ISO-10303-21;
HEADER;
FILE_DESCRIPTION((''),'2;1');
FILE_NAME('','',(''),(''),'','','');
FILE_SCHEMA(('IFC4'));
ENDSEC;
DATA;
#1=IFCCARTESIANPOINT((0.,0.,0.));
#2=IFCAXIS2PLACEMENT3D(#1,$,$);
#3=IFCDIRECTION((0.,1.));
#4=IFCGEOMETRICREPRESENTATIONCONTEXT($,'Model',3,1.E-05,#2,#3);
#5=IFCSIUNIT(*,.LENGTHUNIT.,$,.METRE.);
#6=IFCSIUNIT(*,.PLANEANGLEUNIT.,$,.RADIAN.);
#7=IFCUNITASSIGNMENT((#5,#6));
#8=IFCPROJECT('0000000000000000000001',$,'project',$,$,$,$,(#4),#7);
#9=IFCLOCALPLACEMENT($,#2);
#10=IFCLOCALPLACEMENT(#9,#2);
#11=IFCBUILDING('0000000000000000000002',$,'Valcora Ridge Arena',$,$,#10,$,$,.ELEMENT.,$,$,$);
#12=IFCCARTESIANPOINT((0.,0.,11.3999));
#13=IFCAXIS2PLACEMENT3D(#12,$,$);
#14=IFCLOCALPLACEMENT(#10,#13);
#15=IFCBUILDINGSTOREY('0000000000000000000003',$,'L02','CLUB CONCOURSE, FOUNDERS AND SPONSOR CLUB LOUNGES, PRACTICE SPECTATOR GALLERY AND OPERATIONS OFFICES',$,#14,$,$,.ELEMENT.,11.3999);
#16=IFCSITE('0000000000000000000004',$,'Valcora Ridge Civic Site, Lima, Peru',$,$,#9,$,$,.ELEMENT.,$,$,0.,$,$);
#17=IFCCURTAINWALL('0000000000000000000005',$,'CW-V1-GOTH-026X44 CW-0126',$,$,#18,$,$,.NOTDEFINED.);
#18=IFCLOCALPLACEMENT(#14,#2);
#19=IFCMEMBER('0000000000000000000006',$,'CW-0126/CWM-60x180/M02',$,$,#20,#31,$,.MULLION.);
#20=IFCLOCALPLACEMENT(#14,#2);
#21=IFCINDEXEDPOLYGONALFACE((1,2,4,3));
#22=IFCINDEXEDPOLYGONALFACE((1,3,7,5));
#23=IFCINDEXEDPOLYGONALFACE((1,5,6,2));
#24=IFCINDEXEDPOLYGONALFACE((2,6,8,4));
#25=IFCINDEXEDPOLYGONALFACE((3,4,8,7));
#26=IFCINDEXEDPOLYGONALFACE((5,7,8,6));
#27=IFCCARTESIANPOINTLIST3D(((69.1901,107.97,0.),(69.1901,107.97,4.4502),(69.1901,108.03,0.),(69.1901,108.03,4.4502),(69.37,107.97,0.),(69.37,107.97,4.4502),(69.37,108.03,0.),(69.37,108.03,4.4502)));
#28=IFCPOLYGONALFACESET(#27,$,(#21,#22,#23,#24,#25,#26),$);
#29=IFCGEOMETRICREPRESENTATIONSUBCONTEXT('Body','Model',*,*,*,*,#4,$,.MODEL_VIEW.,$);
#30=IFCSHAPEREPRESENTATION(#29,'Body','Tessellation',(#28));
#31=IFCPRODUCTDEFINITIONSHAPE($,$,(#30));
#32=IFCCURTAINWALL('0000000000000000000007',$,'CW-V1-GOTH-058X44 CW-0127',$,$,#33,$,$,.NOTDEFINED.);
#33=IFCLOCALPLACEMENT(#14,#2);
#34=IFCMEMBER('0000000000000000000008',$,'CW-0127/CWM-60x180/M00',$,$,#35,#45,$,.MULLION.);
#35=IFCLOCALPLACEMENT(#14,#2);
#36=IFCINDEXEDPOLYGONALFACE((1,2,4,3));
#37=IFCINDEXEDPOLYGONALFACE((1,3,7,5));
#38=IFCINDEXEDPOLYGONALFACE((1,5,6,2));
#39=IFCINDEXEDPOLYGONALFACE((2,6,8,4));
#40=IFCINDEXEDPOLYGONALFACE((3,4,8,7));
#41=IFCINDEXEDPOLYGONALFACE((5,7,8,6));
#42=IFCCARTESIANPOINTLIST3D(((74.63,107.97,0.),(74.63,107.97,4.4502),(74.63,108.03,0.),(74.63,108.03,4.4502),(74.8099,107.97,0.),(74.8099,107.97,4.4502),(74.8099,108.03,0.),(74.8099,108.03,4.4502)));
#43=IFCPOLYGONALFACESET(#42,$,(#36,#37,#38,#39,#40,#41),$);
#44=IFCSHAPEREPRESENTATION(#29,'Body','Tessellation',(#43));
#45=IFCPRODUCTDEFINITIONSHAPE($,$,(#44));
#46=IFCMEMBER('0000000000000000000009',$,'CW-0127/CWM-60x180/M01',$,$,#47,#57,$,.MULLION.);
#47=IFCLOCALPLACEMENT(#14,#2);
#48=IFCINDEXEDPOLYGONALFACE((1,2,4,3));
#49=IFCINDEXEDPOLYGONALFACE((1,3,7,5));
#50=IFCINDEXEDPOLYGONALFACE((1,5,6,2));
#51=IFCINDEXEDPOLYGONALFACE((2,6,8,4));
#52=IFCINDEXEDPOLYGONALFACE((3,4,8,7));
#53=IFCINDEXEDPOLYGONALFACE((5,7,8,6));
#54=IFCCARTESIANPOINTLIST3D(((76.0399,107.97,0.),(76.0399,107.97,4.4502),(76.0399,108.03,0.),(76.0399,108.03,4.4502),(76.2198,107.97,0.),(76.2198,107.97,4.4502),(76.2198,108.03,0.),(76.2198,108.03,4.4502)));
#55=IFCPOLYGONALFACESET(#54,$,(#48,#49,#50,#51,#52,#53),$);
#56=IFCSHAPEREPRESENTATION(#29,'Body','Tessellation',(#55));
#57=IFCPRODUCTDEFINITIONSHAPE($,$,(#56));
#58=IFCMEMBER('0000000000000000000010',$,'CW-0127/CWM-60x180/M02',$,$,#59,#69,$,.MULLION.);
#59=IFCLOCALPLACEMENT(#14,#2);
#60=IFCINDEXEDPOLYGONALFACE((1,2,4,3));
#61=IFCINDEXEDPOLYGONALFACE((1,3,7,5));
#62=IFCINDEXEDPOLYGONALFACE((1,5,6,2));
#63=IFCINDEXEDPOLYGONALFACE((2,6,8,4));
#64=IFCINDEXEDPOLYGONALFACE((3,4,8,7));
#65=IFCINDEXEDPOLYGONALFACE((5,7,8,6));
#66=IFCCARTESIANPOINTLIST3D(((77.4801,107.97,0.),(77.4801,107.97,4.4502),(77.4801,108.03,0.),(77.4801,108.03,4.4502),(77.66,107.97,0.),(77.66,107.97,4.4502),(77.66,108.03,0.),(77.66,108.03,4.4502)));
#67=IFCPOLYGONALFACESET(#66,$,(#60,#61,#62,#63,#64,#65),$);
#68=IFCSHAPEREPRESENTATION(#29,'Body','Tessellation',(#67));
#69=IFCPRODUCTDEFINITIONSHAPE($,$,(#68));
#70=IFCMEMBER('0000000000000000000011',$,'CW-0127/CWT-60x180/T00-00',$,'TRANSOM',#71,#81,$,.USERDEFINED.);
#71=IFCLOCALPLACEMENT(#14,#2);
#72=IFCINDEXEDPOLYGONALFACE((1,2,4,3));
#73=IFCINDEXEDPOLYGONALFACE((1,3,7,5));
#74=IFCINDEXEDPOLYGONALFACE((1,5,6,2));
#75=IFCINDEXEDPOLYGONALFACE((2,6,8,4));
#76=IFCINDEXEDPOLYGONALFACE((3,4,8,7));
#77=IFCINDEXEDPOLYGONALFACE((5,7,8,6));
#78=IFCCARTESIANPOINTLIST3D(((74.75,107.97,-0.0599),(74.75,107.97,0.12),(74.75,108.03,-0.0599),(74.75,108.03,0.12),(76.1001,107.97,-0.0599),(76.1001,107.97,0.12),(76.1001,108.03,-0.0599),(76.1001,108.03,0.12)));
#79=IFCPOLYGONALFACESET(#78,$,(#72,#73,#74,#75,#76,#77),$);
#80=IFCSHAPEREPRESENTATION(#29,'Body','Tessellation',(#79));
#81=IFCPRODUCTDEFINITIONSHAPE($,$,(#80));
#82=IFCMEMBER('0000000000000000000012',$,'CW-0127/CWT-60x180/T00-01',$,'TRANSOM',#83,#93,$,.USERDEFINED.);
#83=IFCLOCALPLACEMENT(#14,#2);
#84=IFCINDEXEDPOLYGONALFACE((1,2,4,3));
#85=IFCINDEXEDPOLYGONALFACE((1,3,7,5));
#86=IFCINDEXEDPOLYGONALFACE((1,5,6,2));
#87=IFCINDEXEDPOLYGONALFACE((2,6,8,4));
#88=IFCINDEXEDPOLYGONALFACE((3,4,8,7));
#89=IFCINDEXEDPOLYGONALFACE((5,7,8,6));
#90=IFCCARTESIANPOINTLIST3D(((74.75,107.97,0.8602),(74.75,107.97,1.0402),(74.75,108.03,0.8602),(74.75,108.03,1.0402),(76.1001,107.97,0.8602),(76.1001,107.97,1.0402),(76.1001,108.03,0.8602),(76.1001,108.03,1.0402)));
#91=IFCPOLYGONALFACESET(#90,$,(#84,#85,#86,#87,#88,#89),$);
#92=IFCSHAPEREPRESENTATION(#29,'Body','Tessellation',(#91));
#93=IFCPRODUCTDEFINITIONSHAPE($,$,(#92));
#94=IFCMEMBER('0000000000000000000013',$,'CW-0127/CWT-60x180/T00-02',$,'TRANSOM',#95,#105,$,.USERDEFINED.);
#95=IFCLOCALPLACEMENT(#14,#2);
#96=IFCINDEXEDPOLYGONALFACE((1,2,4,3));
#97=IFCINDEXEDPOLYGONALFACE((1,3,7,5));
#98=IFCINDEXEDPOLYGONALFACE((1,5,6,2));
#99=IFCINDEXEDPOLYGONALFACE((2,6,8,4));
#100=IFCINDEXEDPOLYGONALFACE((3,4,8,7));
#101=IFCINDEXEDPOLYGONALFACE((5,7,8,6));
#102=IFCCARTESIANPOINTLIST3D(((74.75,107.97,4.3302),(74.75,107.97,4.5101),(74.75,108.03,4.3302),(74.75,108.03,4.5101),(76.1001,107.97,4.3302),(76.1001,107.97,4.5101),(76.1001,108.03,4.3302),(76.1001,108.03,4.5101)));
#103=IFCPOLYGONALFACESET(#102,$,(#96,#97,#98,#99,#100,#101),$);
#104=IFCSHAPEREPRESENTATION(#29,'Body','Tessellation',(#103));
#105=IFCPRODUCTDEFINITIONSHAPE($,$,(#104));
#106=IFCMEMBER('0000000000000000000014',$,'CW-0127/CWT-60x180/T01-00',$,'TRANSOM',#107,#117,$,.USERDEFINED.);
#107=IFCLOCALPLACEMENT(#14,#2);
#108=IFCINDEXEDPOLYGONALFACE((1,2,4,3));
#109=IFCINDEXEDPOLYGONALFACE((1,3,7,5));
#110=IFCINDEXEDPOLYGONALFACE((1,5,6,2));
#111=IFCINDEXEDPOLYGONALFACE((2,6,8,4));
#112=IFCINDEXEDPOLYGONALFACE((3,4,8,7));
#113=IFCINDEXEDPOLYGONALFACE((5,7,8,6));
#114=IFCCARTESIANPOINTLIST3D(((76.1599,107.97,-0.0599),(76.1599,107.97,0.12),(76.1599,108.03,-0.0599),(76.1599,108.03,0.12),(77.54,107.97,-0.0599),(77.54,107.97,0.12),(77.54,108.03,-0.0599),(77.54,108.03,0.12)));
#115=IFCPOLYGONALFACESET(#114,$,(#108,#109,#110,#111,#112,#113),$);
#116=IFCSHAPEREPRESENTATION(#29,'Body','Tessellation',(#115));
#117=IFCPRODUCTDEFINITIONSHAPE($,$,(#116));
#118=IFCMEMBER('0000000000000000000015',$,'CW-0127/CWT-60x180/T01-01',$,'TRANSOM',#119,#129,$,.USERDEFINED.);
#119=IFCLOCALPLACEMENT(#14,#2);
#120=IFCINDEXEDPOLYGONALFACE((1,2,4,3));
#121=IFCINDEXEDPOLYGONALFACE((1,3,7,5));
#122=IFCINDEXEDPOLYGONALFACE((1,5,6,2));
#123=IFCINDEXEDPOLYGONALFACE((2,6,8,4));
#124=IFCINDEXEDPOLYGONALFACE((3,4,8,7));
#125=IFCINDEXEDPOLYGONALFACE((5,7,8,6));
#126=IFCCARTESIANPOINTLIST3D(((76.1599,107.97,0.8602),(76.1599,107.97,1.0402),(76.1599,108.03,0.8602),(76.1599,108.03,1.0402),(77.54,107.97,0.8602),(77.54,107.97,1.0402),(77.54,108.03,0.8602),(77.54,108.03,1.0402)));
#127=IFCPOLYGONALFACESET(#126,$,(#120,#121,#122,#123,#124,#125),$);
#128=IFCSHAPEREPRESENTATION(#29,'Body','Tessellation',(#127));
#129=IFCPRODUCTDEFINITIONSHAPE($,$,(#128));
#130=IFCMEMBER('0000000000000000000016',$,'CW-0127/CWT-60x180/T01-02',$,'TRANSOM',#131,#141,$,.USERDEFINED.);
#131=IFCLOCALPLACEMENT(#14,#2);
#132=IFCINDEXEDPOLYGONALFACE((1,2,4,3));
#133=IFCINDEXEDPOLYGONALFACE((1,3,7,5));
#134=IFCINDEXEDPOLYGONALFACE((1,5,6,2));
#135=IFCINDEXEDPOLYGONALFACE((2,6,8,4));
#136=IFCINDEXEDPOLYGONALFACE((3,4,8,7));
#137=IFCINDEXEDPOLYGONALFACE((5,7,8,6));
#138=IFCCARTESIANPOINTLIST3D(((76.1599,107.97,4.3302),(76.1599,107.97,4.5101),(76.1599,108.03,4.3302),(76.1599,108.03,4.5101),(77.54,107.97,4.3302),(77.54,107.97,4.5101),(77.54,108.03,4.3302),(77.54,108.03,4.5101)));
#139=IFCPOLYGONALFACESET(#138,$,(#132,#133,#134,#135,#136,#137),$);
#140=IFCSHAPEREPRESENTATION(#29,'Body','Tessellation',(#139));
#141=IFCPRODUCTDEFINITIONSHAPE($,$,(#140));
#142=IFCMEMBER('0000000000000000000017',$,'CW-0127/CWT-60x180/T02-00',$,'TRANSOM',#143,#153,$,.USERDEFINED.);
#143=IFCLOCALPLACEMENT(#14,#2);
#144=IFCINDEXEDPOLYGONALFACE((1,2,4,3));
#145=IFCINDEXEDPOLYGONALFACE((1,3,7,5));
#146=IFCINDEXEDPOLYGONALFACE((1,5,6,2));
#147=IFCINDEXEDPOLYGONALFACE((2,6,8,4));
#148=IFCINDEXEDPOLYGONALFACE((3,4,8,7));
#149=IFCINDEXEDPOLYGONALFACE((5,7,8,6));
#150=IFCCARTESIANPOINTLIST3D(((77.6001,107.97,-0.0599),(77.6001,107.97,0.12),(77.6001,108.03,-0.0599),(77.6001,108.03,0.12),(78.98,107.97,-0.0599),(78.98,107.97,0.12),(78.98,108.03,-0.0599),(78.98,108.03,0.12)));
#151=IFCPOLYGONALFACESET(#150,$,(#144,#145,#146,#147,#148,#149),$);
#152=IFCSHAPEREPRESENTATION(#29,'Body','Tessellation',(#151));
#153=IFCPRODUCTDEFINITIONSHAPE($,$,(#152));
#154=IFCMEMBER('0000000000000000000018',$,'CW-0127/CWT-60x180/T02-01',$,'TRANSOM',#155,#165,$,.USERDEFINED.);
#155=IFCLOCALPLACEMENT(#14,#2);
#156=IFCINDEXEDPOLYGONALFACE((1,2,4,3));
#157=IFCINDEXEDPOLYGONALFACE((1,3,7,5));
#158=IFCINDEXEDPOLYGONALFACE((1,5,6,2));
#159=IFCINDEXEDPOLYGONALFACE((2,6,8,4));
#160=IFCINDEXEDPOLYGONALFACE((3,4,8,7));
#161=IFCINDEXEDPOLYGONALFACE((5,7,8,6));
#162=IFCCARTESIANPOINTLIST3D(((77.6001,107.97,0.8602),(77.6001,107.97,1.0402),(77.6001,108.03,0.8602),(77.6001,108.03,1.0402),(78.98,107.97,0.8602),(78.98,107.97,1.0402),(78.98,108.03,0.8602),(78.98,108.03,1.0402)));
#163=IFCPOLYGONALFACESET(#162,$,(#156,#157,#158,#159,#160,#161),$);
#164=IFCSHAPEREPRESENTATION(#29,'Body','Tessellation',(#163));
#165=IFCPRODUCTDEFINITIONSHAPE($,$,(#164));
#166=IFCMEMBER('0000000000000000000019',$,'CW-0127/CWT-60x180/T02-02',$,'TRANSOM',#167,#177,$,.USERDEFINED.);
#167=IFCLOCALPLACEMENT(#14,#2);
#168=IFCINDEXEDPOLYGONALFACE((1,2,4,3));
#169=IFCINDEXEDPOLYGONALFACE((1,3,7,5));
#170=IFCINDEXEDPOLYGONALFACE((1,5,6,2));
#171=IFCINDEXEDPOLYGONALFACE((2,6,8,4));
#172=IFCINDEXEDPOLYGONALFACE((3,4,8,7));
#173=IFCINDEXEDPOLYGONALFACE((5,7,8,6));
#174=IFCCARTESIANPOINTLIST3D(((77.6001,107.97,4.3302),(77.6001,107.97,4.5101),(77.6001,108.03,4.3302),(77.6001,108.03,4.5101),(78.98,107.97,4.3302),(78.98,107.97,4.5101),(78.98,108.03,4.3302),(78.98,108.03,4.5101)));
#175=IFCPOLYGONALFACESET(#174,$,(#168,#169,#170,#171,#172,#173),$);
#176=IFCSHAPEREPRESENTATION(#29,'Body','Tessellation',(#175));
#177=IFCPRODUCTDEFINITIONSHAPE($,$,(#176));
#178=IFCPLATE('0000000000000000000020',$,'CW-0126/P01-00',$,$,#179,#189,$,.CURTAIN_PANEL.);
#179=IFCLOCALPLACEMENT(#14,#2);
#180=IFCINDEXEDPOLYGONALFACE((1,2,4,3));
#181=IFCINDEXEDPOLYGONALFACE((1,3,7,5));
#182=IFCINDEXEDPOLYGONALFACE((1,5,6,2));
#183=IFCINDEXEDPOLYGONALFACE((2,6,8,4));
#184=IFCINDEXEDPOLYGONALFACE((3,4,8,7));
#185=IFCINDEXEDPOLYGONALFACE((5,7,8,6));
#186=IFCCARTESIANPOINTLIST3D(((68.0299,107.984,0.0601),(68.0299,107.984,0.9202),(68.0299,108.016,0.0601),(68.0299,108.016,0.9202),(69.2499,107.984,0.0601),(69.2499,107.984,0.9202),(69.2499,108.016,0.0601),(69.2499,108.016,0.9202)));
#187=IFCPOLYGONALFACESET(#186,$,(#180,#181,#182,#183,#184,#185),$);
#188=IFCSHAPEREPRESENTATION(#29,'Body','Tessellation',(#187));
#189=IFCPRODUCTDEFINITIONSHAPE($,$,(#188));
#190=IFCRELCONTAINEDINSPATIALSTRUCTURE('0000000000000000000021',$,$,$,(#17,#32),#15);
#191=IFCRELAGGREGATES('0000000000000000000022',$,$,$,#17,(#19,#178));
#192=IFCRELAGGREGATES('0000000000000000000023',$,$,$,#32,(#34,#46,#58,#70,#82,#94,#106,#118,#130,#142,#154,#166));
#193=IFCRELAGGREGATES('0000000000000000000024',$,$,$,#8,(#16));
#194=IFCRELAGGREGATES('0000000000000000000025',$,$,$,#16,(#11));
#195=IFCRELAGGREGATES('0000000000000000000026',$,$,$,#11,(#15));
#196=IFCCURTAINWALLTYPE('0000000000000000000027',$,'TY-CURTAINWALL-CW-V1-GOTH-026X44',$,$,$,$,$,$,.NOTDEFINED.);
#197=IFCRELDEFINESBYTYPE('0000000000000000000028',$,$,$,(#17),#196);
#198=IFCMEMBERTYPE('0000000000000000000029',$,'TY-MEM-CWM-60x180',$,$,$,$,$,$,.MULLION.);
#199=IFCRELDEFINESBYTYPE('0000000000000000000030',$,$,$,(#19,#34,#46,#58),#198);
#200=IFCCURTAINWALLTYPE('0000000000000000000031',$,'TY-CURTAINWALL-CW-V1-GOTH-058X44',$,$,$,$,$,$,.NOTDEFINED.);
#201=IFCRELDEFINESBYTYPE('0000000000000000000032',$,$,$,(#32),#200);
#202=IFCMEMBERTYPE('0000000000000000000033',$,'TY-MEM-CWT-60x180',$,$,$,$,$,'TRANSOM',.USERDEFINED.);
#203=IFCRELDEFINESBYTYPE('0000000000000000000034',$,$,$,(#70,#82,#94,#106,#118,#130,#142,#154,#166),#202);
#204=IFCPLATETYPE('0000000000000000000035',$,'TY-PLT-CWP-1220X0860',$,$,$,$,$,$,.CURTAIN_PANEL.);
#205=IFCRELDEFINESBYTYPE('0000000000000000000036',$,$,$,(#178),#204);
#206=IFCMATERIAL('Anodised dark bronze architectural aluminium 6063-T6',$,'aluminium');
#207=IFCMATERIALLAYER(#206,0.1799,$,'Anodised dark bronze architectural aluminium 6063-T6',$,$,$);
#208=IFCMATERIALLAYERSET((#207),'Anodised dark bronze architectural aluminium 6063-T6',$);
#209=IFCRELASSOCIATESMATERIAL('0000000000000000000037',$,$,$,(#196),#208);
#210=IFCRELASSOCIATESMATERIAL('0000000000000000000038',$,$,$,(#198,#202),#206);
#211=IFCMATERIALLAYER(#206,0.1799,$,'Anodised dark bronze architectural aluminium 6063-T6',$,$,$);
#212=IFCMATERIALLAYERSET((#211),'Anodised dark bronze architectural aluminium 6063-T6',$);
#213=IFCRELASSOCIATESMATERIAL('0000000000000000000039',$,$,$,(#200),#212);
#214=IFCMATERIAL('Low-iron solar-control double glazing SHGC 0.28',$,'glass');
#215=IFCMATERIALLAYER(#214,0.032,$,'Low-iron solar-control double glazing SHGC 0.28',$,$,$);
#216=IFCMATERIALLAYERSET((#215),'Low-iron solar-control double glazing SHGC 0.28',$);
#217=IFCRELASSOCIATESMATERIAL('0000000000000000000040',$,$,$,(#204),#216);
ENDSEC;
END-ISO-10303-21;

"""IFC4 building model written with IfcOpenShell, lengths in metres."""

from ifc_helpers import new_model, si_unit, direction, frame, origin, origin_2d, place, context, subcontext, project, spatial, rectangle, extrude, material, layer, layer_set, material_profile, profile_set, type_object, element, aggregate, save


model = new_model("IFC4")

# Units and contexts
model_context = context("Model", 3, precision=1e-05, world=origin(), true_north=direction((0.0, 1.0)))
body_context = subcontext(model_context, "Body", "Model", "MODEL_VIEW")
ifc_project = project(units=[si_unit("LENGTHUNIT", "METRE"), si_unit("PLANEANGLEUNIT", "RADIAN")], contexts=[model_context])

# Site, building, storey
site_placement = place(None, origin())
site = spatial("IfcSite", under=ifc_project, at=site_placement, Name="Valcora Ridge Civic Site, Lima, Peru", CompositionType="ELEMENT", RefElevation=0.0)
building_placement = place(site_placement, origin())
building = spatial("IfcBuilding", under=site, at=building_placement, Name="Valcora Ridge Arena", CompositionType="ELEMENT")
storey_placement = place(building_placement, frame((0.0, 0.0, 11.3999)))
storey = spatial("IfcBuildingStorey", under=building, at=storey_placement, Name="L02", Description="CLUB CONCOURSE, FOUNDERS AND SPONSOR CLUB LOUNGES, PRACTICE SPECTATOR GALLERY AND OPERATIONS OFFICES", CompositionType="ELEMENT", Elevation=11.3999)

# Curtain wall, member
ifc_material_1 = material(Name="Anodised dark bronze architectural aluminium 6063-T6", Category="aluminium")
ifc_layer_1 = layer(ifc_material_1, 0.1799, Name="Anodised dark bronze architectural aluminium 6063-T6")
ifc_layer_set_1 = layer_set([ifc_layer_1], Name="Anodised dark bronze architectural aluminium 6063-T6")
curtain_wall_type_1 = type_object("IfcCurtainWallType", Name="TY-CURTAINWALL-CW-V1-GOTH-026X44", PredefinedType="NOTDEFINED", material=ifc_layer_set_1)
curtain_wall_1_placement = place(storey_placement, origin())
curtain_wall_1 = element("IfcCurtainWall", 1, at=curtain_wall_1_placement, inside=storey, type_object=curtain_wall_type_1, Name="CW-V1-GOTH-026X44 CW-0126", PredefinedType="NOTDEFINED")
ifc_material_profile_1 = material_profile(ifc_material_1, rectangle(XDim=0.0601, YDim=0.1799, at=origin_2d()), Name="ALU MULLION 60x180")
ifc_profile_set_1 = profile_set([ifc_material_profile_1], Name="Anodised dark bronze architectural aluminium 6063-T6")
member_type_1 = type_object("IfcMemberType", Name="TY-MEM-CWM-60x180", PredefinedType="MULLION", material=ifc_profile_set_1)
member_1_placement = place(storey_placement, frame((69.28, 108.0, 0.0), z_axis=(0.0, 0.0, 1.0), x_axis=(0.0, 1.0, 0.0)))
member_1 = element("IfcMember", 2, at=member_1_placement, type_object=member_type_1, Name="CW-0126/CWM-60x180/M02", PredefinedType="MULLION", context=body_context, shape_type="SweptSolid", body=[
    extrude(rectangle(XDim=0.0601, YDim=0.1799, at=origin_2d()), origin(), (0.0, 0.0, 1.0), 4.4502),
])

# Curtain wall, members
ifc_layer_2 = layer(ifc_material_1, 0.1799, Name="Anodised dark bronze architectural aluminium 6063-T6")
ifc_layer_set_2 = layer_set([ifc_layer_2], Name="Anodised dark bronze architectural aluminium 6063-T6")
curtain_wall_type_2 = type_object("IfcCurtainWallType", Name="TY-CURTAINWALL-CW-V1-GOTH-058X44", PredefinedType="NOTDEFINED", material=ifc_layer_set_2)
curtain_wall_2_placement = place(storey_placement, origin())
curtain_wall_2 = element("IfcCurtainWall", 3, at=curtain_wall_2_placement, inside=storey, type_object=curtain_wall_type_2, Name="CW-V1-GOTH-058X44 CW-0127", PredefinedType="NOTDEFINED")
member_2_placement = place(storey_placement, frame((74.72, 108.0, 0.0), z_axis=(0.0, 0.0, 1.0), x_axis=(0.0, 1.0, 0.0)))
member_2 = element("IfcMember", 4, at=member_2_placement, type_object=member_type_1, Name="CW-0127/CWM-60x180/M00", PredefinedType="MULLION", context=body_context, shape_type="SweptSolid", body=[
    extrude(rectangle(XDim=0.0601, YDim=0.1799, at=origin_2d()), origin(), (0.0, 0.0, 1.0), 4.4502),
])
member_3_placement = place(storey_placement, frame((76.1299, 108.0, 0.0), z_axis=(0.0, 0.0, 1.0), x_axis=(0.0, 1.0, 0.0)))
member_3 = element("IfcMember", 5, at=member_3_placement, type_object=member_type_1, Name="CW-0127/CWM-60x180/M01", PredefinedType="MULLION", context=body_context, shape_type="SweptSolid", body=[
    extrude(rectangle(XDim=0.0601, YDim=0.1799, at=origin_2d()), origin(), (0.0, 0.0, 1.0), 4.4502),
])
member_4_placement = place(storey_placement, frame((77.5701, 108.0, 0.0), z_axis=(0.0, 0.0, 1.0), x_axis=(0.0, 1.0, 0.0)))
member_4 = element("IfcMember", 6, at=member_4_placement, type_object=member_type_1, Name="CW-0127/CWM-60x180/M02", PredefinedType="MULLION", context=body_context, shape_type="SweptSolid", body=[
    extrude(rectangle(XDim=0.0601, YDim=0.1799, at=origin_2d()), origin(), (0.0, 0.0, 1.0), 4.4502),
])
ifc_material_profile_2 = material_profile(ifc_material_1, rectangle(XDim=0.0601, YDim=0.1799, at=origin_2d()), Name="ALU TRANSOM 60x180")
ifc_profile_set_2 = profile_set([ifc_material_profile_2], Name="Anodised dark bronze architectural aluminium 6063-T6")
member_type_2 = type_object("IfcMemberType", Name="TY-MEM-CWT-60x180", ElementType="TRANSOM", PredefinedType="USERDEFINED", material=ifc_profile_set_2)
member_5_placement = place(storey_placement, frame((74.75, 108.0, 0.03), z_axis=(1.0, 0.0, 0.0), x_axis=(0.0, 1.0, 0.0)))
member_5 = element("IfcMember", 7, at=member_5_placement, type_object=member_type_2, Name="CW-0127/CWT-60x180/T00-00", ObjectType="TRANSOM", PredefinedType="USERDEFINED", context=body_context, shape_type="SweptSolid", body=[
    extrude(rectangle(XDim=0.0601, YDim=0.1799, at=origin_2d()), origin(), (0.0, 0.0, 1.0), 1.3501),
])
member_6_placement = place(storey_placement, frame((74.75, 108.0, 0.9502), z_axis=(1.0, 0.0, 0.0), x_axis=(0.0, 1.0, 0.0)))
member_6 = element("IfcMember", 8, at=member_6_placement, type_object=member_type_2, Name="CW-0127/CWT-60x180/T00-01", ObjectType="TRANSOM", PredefinedType="USERDEFINED", context=body_context, shape_type="SweptSolid", body=[
    extrude(rectangle(XDim=0.0601, YDim=0.1799, at=origin_2d()), origin(), (0.0, 0.0, 1.0), 1.3501),
])
member_7_placement = place(storey_placement, frame((74.75, 108.0, 4.4202), z_axis=(1.0, 0.0, 0.0), x_axis=(0.0, 1.0, 0.0)))
member_7 = element("IfcMember", 9, at=member_7_placement, type_object=member_type_2, Name="CW-0127/CWT-60x180/T00-02", ObjectType="TRANSOM", PredefinedType="USERDEFINED", context=body_context, shape_type="SweptSolid", body=[
    extrude(rectangle(XDim=0.0601, YDim=0.1799, at=origin_2d()), origin(), (0.0, 0.0, 1.0), 1.3501),
])
member_8_placement = place(storey_placement, frame((76.1599, 108.0, 0.03), z_axis=(1.0, 0.0, 0.0), x_axis=(0.0, 1.0, 0.0)))
member_8 = element("IfcMember", 10, at=member_8_placement, type_object=member_type_2, Name="CW-0127/CWT-60x180/T01-00", ObjectType="TRANSOM", PredefinedType="USERDEFINED", context=body_context, shape_type="SweptSolid", body=[
    extrude(rectangle(XDim=0.0601, YDim=0.1799, at=origin_2d()), origin(), (0.0, 0.0, 1.0), 1.3801),
])
member_9_placement = place(storey_placement, frame((76.1599, 108.0, 0.9502), z_axis=(1.0, 0.0, 0.0), x_axis=(0.0, 1.0, 0.0)))
member_9 = element("IfcMember", 11, at=member_9_placement, type_object=member_type_2, Name="CW-0127/CWT-60x180/T01-01", ObjectType="TRANSOM", PredefinedType="USERDEFINED", context=body_context, shape_type="SweptSolid", body=[
    extrude(rectangle(XDim=0.0601, YDim=0.1799, at=origin_2d()), origin(), (0.0, 0.0, 1.0), 1.3801),
])
member_10_placement = place(storey_placement, frame((76.1599, 108.0, 4.4202), z_axis=(1.0, 0.0, 0.0), x_axis=(0.0, 1.0, 0.0)))
member_10 = element("IfcMember", 12, at=member_10_placement, type_object=member_type_2, Name="CW-0127/CWT-60x180/T01-02", ObjectType="TRANSOM", PredefinedType="USERDEFINED", context=body_context, shape_type="SweptSolid", body=[
    extrude(rectangle(XDim=0.0601, YDim=0.1799, at=origin_2d()), origin(), (0.0, 0.0, 1.0), 1.3801),
])
member_11_placement = place(storey_placement, frame((77.6001, 108.0, 0.03), z_axis=(1.0, 0.0, 0.0), x_axis=(0.0, 1.0, 0.0)))
member_11 = element("IfcMember", 13, at=member_11_placement, type_object=member_type_2, Name="CW-0127/CWT-60x180/T02-00", ObjectType="TRANSOM", PredefinedType="USERDEFINED", context=body_context, shape_type="SweptSolid", body=[
    extrude(rectangle(XDim=0.0601, YDim=0.1799, at=origin_2d()), origin(), (0.0, 0.0, 1.0), 1.3799),
])
member_12_placement = place(storey_placement, frame((77.6001, 108.0, 0.9502), z_axis=(1.0, 0.0, 0.0), x_axis=(0.0, 1.0, 0.0)))
member_12 = element("IfcMember", 14, at=member_12_placement, type_object=member_type_2, Name="CW-0127/CWT-60x180/T02-01", ObjectType="TRANSOM", PredefinedType="USERDEFINED", context=body_context, shape_type="SweptSolid", body=[
    extrude(rectangle(XDim=0.0601, YDim=0.1799, at=origin_2d()), origin(), (0.0, 0.0, 1.0), 1.3799),
])
member_13_placement = place(storey_placement, frame((77.6001, 108.0, 4.4202), z_axis=(1.0, 0.0, 0.0), x_axis=(0.0, 1.0, 0.0)))
member_13 = element("IfcMember", 15, at=member_13_placement, type_object=member_type_2, Name="CW-0127/CWT-60x180/T02-02", ObjectType="TRANSOM", PredefinedType="USERDEFINED", context=body_context, shape_type="SweptSolid", body=[
    extrude(rectangle(XDim=0.0601, YDim=0.1799, at=origin_2d()), origin(), (0.0, 0.0, 1.0), 1.3799),
])

# Plate
ifc_material_2 = material(Name="Low-iron solar-control double glazing SHGC 0.28", Category="glass")
ifc_layer_3 = layer(ifc_material_2, 0.032, Name="Low-iron solar-control double glazing SHGC 0.28")
ifc_layer_set_3 = layer_set([ifc_layer_3], Name="Low-iron solar-control double glazing SHGC 0.28")
plate_type_1 = type_object("IfcPlateType", Name="TY-PLT-CWP-1220X0860", PredefinedType="CURTAIN_PANEL", material=ifc_layer_set_3)
plate_1_placement = place(storey_placement, frame((68.6399, 108.0, 0.0601), z_axis=(0.0, 0.0, 1.0), x_axis=(1.0, 0.0, 0.0)))
plate_1 = element("IfcPlate", 16, at=plate_1_placement, type_object=plate_type_1, Name="CW-0126/P01-00", PredefinedType="CURTAIN_PANEL", context=body_context, shape_type="SweptSolid", body=[
    extrude(rectangle(XDim=1.22, YDim=0.032, at=origin_2d()), origin(), (0.0, 0.0, 1.0), 0.8601),
])
aggregate(curtain_wall_1, [member_1, plate_1])
aggregate(curtain_wall_2, [member_2, member_3, member_4, member_5, member_6, member_7, member_8, member_9, member_10, member_11, member_12, member_13])

save(model, "model.ifc")
